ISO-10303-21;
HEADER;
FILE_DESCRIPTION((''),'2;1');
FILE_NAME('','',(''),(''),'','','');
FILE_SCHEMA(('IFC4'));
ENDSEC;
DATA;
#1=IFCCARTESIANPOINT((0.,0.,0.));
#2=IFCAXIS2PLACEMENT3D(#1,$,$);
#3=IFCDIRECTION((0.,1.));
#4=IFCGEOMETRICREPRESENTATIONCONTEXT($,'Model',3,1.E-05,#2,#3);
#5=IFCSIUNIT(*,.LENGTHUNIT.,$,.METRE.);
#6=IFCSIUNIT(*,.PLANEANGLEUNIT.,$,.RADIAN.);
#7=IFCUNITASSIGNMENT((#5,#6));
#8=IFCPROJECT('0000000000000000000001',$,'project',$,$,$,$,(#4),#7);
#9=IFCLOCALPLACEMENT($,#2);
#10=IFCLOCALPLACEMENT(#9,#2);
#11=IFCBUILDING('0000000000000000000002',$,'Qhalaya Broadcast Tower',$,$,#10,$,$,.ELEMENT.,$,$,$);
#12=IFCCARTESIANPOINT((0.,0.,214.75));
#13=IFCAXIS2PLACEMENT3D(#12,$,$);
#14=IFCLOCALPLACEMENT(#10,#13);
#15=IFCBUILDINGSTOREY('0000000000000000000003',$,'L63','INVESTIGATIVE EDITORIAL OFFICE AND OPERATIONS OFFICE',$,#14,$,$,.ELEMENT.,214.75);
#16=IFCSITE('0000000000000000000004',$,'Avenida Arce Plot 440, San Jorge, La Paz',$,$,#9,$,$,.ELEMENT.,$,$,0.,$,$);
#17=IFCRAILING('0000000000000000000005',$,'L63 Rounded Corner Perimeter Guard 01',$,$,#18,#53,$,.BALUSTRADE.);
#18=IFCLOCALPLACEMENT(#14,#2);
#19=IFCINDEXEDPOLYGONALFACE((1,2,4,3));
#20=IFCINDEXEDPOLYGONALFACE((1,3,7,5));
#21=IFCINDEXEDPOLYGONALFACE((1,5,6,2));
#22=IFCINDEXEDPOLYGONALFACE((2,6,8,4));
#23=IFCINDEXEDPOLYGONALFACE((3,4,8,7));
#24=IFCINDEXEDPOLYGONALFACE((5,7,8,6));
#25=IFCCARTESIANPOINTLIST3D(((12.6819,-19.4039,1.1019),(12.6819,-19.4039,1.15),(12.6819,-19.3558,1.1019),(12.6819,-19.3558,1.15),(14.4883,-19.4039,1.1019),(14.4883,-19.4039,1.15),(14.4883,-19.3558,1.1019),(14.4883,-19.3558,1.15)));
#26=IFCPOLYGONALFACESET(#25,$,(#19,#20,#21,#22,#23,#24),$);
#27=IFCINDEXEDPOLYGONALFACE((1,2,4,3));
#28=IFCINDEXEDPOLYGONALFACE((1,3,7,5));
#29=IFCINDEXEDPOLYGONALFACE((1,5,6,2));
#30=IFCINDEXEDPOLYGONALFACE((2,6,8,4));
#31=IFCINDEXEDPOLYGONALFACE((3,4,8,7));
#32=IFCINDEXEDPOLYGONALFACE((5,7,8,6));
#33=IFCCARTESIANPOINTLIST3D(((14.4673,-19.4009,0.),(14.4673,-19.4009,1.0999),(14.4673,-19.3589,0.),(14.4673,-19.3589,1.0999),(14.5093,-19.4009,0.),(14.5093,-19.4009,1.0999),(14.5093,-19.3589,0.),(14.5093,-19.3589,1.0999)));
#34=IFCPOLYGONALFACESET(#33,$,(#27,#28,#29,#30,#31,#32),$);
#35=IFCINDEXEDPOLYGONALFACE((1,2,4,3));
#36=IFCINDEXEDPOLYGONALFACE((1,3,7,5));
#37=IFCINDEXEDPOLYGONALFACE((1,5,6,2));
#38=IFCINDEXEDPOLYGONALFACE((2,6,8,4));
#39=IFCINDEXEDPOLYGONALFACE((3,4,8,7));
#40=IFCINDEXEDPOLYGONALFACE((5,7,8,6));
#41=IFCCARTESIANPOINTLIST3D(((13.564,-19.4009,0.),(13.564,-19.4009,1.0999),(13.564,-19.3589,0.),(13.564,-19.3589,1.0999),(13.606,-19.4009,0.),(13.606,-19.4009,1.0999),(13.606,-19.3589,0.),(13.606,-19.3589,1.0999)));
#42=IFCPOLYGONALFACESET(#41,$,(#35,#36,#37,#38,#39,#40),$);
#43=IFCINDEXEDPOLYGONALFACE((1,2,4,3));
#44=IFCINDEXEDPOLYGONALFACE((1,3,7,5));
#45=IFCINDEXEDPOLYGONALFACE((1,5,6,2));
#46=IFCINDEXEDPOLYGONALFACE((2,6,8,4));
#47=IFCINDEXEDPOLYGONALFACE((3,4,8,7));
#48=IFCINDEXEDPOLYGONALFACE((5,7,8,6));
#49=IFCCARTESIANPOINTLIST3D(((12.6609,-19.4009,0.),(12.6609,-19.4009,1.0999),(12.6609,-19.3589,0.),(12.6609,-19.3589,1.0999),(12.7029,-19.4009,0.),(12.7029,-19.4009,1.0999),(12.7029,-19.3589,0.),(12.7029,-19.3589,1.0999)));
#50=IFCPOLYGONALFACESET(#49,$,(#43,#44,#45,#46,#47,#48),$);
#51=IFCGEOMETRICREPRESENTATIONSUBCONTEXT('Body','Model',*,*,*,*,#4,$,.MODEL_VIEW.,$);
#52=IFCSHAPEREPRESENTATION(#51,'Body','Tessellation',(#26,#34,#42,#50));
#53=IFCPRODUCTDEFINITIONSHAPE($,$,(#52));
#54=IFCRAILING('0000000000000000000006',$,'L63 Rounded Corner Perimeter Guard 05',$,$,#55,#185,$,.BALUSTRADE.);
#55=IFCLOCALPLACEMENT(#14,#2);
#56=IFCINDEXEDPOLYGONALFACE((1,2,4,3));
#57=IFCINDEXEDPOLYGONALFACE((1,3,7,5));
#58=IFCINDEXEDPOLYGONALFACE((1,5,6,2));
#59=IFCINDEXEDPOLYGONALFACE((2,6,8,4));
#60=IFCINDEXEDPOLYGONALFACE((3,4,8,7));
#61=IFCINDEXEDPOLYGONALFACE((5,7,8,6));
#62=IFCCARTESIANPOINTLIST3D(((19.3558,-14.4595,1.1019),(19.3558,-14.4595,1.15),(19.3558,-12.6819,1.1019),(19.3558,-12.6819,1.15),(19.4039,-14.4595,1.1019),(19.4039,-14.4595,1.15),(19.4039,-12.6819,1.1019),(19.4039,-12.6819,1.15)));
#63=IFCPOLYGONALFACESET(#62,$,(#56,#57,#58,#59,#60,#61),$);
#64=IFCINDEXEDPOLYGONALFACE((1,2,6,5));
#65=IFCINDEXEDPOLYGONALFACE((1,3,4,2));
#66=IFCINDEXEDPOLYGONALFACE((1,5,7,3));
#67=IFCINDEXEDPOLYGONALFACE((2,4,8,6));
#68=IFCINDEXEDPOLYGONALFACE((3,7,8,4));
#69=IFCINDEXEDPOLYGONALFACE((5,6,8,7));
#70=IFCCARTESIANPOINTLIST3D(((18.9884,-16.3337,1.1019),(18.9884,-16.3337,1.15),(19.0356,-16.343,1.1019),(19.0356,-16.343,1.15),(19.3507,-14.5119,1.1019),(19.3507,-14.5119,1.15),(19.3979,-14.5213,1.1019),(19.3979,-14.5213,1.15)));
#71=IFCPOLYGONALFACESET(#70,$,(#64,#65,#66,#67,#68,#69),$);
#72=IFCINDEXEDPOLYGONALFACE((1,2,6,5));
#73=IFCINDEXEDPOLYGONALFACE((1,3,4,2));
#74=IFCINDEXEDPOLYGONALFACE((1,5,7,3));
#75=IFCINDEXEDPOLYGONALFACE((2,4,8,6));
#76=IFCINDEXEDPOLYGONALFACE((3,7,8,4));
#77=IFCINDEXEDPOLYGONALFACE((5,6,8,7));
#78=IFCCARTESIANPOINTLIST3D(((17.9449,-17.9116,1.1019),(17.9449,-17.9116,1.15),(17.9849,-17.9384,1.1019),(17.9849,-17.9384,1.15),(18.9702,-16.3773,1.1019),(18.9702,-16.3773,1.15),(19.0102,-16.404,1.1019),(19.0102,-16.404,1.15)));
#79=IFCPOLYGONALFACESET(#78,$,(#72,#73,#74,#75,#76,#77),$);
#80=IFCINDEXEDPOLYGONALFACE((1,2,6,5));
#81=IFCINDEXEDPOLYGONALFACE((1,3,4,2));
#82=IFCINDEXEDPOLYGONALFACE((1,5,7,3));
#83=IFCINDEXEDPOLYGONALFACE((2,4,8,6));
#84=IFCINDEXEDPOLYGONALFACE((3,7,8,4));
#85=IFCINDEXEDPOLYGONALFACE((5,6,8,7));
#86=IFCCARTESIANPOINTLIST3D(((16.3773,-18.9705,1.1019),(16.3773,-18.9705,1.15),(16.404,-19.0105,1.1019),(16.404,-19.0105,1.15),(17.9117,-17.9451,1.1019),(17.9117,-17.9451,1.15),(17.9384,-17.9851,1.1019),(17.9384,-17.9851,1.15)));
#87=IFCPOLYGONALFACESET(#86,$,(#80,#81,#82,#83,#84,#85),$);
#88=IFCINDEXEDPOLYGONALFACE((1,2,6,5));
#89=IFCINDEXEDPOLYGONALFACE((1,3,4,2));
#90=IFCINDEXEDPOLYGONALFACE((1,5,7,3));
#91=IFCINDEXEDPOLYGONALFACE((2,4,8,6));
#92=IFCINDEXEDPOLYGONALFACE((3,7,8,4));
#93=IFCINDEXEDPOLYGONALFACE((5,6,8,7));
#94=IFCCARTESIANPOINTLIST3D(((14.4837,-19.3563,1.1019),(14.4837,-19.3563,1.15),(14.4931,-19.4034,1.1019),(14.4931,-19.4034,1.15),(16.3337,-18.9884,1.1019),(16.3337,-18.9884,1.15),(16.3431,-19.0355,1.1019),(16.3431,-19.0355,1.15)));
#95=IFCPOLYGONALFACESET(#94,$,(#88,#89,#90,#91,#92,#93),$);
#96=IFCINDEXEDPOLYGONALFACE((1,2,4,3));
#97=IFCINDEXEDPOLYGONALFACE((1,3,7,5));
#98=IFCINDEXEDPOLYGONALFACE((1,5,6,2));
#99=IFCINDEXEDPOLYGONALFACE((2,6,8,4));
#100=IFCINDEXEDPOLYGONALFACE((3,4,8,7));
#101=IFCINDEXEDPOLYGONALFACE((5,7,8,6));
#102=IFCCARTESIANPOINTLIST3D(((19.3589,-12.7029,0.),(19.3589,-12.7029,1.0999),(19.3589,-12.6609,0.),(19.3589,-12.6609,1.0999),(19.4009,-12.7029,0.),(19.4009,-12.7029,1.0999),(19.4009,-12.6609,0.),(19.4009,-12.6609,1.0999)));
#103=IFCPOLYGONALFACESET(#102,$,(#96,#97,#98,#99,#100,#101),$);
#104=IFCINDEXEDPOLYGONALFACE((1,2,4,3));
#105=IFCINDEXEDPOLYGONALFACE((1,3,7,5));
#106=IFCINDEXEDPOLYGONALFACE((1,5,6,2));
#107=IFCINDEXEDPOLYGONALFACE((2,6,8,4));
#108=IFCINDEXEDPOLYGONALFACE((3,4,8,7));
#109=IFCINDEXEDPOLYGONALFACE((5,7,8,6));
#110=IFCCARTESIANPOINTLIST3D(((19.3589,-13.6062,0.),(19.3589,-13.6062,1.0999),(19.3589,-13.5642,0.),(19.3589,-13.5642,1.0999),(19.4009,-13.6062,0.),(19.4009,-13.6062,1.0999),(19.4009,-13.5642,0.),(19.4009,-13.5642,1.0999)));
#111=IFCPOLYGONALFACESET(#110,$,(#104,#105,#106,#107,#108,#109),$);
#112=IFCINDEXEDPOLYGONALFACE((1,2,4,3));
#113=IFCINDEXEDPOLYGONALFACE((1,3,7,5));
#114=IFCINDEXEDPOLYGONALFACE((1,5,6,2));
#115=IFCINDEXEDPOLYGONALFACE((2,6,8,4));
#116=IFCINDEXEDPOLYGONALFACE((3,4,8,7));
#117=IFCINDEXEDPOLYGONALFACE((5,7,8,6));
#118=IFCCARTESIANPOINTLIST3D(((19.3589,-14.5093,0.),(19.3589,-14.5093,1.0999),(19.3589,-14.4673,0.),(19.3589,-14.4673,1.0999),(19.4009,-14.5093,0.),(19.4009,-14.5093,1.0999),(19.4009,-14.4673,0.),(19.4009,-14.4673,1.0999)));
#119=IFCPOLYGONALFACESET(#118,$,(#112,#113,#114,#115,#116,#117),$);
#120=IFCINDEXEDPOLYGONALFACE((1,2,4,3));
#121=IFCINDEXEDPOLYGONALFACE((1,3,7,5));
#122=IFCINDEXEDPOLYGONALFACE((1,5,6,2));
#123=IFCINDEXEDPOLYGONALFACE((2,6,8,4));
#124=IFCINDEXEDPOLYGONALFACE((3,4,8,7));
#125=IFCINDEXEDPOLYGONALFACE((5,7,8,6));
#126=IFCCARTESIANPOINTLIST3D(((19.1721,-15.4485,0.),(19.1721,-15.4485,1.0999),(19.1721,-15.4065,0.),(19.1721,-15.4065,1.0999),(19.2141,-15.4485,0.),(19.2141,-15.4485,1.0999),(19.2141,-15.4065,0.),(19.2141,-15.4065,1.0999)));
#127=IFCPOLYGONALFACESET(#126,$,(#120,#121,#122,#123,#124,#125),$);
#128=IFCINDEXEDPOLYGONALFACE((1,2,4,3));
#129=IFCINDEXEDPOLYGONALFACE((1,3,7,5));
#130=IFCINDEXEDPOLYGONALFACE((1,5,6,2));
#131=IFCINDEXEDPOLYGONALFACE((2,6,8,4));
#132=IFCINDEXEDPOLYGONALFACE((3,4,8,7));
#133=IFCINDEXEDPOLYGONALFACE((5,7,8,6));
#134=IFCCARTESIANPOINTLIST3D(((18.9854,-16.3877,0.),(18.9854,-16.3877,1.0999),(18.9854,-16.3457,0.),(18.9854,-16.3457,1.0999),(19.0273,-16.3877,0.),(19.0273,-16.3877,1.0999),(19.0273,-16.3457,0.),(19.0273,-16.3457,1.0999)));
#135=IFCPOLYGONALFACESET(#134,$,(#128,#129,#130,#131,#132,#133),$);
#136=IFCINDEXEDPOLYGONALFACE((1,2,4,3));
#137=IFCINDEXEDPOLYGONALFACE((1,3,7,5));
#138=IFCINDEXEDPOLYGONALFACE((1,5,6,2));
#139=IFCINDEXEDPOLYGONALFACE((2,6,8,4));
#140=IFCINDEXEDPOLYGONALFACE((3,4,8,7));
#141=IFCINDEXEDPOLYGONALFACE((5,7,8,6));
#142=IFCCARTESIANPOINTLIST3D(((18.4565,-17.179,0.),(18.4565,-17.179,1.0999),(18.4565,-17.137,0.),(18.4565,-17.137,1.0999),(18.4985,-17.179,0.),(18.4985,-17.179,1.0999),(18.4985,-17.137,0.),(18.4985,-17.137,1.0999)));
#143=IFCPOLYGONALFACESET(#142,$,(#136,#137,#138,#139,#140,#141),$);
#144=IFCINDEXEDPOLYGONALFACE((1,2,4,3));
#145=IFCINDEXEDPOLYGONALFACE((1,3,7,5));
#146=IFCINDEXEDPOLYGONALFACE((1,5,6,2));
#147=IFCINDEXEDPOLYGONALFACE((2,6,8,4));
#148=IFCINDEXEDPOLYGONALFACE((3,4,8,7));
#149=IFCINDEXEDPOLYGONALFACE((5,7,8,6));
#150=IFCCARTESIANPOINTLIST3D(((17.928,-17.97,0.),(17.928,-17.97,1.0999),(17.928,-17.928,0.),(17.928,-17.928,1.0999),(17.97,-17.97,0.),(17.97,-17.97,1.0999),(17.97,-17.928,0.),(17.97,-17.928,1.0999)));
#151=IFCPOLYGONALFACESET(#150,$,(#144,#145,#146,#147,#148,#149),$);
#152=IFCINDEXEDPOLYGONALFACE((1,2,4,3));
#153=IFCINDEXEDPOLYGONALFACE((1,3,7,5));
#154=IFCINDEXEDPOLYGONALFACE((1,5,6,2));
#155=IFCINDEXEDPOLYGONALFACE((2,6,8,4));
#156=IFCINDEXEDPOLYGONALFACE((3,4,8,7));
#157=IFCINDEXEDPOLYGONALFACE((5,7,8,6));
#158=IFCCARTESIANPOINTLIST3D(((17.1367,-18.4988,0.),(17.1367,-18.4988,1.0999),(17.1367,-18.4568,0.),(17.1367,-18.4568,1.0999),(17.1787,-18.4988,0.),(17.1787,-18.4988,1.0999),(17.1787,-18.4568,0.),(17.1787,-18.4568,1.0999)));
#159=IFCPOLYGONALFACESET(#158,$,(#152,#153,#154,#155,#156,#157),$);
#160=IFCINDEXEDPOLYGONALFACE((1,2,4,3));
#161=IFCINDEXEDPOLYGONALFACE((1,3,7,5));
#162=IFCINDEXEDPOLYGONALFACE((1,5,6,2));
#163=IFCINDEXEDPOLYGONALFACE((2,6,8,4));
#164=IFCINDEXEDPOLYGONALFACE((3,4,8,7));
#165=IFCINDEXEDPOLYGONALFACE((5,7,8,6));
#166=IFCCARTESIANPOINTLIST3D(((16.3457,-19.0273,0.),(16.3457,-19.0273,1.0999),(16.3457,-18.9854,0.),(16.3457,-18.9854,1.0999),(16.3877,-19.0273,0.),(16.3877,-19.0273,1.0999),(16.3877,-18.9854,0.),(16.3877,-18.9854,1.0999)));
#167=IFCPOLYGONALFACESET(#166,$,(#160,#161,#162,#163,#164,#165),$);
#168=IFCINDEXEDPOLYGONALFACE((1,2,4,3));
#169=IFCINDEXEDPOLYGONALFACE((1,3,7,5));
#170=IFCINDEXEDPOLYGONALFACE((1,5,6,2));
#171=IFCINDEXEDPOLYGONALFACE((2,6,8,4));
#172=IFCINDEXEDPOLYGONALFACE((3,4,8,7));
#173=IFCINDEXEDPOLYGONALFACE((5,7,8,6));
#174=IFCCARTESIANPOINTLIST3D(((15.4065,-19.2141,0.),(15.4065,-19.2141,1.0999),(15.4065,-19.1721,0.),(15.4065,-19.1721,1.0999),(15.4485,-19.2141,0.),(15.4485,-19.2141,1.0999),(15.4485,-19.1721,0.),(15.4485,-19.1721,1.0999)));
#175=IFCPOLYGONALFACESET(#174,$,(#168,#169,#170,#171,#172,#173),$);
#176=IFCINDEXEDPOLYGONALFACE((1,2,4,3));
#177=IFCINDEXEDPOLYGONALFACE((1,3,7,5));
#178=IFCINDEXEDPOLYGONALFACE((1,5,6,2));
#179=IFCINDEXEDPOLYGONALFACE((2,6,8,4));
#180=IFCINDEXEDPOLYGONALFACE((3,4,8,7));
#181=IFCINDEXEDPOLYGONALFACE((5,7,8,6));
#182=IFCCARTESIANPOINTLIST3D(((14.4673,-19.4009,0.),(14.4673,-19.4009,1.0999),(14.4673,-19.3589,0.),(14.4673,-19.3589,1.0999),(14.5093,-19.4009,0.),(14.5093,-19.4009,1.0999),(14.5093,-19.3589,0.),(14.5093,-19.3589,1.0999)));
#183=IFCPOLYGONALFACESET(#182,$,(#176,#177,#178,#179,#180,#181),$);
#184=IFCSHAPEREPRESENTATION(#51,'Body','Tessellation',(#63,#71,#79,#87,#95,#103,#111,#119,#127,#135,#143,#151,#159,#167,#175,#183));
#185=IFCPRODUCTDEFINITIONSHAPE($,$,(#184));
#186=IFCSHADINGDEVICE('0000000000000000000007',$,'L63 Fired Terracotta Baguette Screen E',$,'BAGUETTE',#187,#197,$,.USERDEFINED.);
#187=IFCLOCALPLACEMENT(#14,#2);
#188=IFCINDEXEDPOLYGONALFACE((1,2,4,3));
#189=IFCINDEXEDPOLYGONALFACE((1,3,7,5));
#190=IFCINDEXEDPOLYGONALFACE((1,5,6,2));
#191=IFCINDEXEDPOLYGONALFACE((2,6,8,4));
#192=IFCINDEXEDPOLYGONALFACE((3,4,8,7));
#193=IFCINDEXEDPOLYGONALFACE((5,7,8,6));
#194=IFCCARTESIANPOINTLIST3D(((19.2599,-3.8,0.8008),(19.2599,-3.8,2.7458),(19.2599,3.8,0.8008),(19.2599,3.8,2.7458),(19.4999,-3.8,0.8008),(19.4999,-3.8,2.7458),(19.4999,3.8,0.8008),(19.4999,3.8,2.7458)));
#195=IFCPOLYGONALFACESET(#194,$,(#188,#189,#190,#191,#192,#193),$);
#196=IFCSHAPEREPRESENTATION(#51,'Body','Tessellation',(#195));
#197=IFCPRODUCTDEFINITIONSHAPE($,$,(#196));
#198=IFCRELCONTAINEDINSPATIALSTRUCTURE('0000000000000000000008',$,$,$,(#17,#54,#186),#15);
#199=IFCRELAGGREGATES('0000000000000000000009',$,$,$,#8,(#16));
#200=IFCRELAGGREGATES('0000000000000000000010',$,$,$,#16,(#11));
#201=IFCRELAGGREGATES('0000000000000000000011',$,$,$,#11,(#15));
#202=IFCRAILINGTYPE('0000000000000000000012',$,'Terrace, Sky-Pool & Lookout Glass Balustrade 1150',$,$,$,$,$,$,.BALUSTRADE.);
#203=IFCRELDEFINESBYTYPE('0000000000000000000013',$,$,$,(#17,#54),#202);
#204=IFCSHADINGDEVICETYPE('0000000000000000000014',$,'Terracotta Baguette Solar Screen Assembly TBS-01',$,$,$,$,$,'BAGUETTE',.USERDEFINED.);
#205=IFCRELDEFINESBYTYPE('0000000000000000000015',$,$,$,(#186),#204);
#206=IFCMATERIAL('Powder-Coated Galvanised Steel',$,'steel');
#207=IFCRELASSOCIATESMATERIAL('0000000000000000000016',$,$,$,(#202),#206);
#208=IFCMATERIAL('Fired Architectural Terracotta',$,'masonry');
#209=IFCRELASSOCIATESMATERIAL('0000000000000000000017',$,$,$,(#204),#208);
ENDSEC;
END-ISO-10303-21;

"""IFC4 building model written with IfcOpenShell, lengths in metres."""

from ifc_helpers import new_model, si_unit, direction, frame, origin, origin_2d, place, context, subcontext, project, spatial, rectangle, extrude, material, type_object, element, save


model = new_model("IFC4")

# Units and contexts
model_context = context("Model", 3, precision=1e-05, world=origin(), true_north=direction((0.0, 1.0)))
body_context = subcontext(model_context, "Body", "Model", "MODEL_VIEW")
ifc_project = project(units=[si_unit("LENGTHUNIT", "METRE"), si_unit("PLANEANGLEUNIT", "RADIAN")], contexts=[model_context])

# Site, building, storey
site_placement = place(None, origin())
site = spatial("IfcSite", under=ifc_project, at=site_placement, Name="Avenida Arce Plot 440, San Jorge, La Paz", CompositionType="ELEMENT", RefElevation=0.0)
building_placement = place(site_placement, origin())
building = spatial("IfcBuilding", under=site, at=building_placement, Name="Qhalaya Broadcast Tower", CompositionType="ELEMENT")
storey_placement = place(building_placement, frame((0.0, 0.0, 214.75)))
storey = spatial("IfcBuildingStorey", under=building, at=storey_placement, Name="L63", Description="INVESTIGATIVE EDITORIAL OFFICE AND OPERATIONS OFFICE", CompositionType="ELEMENT", Elevation=214.75)

# Railings
ifc_material_1 = material(Name="Powder-Coated Galvanised Steel", Category="steel")
railing_type = type_object("IfcRailingType", Name="Terrace, Sky-Pool & Lookout Glass Balustrade 1150", PredefinedType="BALUSTRADE", material=ifc_material_1)
railing_1_placement = place(storey_placement, frame((14.4883, -19.3799, 0.0)))
element("IfcRailing", 1, at=railing_1_placement, inside=storey, type_object=railing_type, Name="L63 Rounded Corner Perimeter Guard 01", PredefinedType="BALUSTRADE", context=body_context, shape_type="SweptSolid", body=[
    extrude(rectangle(XDim=0.0481, YDim=0.0481, at=origin_2d()), frame((0.0, 0.0, 1.126), z_axis=(-1.0, 0.0, 0.0), x_axis=(0.0, -1.0, 0.0)), (0.0, 0.0, 1.0), 1.8064),
    extrude(rectangle(XDim=0.042, YDim=0.042, at=origin_2d()), origin(), (0.0, 0.0, 1.0), 1.0999),
    extrude(rectangle(XDim=0.042, YDim=0.042, at=origin_2d()), frame((-0.9033, 0.0, 0.0)), (0.0, 0.0, 1.0), 1.0999),
    extrude(rectangle(XDim=0.042, YDim=0.042, at=origin_2d()), frame((-1.8064, 0.0, 0.0)), (0.0, 0.0, 1.0), 1.0999),
])
railing_2_placement = place(storey_placement, frame((19.3799, -12.6819, 0.0)))
element("IfcRailing", 2, at=railing_2_placement, inside=storey, type_object=railing_type, Name="L63 Rounded Corner Perimeter Guard 05", PredefinedType="BALUSTRADE", context=body_context, shape_type="SweptSolid", body=[
    extrude(rectangle(XDim=0.0481, YDim=0.0481, at=origin_2d()), frame((0.0, 0.0, 1.126), z_axis=(0.0, -1.0, 0.0), x_axis=(1.0, 0.0, 0.0)), (0.0, 0.0, 1.0), 1.7776),
    extrude(rectangle(XDim=0.0481, YDim=0.0481, at=origin_2d()), frame((-0.0056, -1.8347, 1.126), z_axis=(-0.195037, -0.980796, 0.0), x_axis=(0.980796, -0.195037, 0.0)), (0.0, 0.0, 1.0), 1.8574),
    extrude(rectangle(XDim=0.0481, YDim=0.0481, at=origin_2d()), frame((-0.3896, -3.7087, 1.126), z_axis=(-0.555618, -0.831438, 0.0), x_axis=(0.831438, -0.555618, 0.0)), (0.0, 0.0, 1.0), 1.8455),
    extrude(rectangle(XDim=0.0481, YDim=0.0481, at=origin_2d()), frame((-1.4548, -5.2832, 1.126), z_axis=(-0.831438, -0.555618, 0.0), x_axis=(0.555618, -0.831438, 0.0)), (0.0, 0.0, 1.0), 1.8455),
    extrude(rectangle(XDim=0.0481, YDim=0.0481, at=origin_2d()), frame((-3.0415, -6.3301, 1.126), z_axis=(-0.980796, -0.195037, 0.0), x_axis=(0.195037, -0.980796, 0.0)), (0.0, 0.0, 1.0), 1.8862),
    extrude(rectangle(XDim=0.042, YDim=0.042, at=origin_2d()), origin(), (0.0, 0.0, 1.0), 1.0999),
    extrude(rectangle(XDim=0.042, YDim=0.042, at=origin_2d()), frame((0.0, -0.9033, 0.0)), (0.0, 0.0, 1.0), 1.0999),
    extrude(rectangle(XDim=0.042, YDim=0.042, at=origin_2d()), frame((0.0, -1.8064, 0.0)), (0.0, 0.0, 1.0), 1.0999),
    extrude(rectangle(XDim=0.042, YDim=0.042, at=origin_2d()), frame((-0.1868, -2.7456, 0.0)), (0.0, 0.0, 1.0), 1.0999),
    extrude(rectangle(XDim=0.042, YDim=0.042, at=origin_2d()), frame((-0.3735, -3.6848, 0.0)), (0.0, 0.0, 1.0), 1.0999),
    extrude(rectangle(XDim=0.042, YDim=0.042, at=origin_2d()), frame((-0.9023, -4.4761, 0.0)), (0.0, 0.0, 1.0), 1.0999),
    extrude(rectangle(XDim=0.042, YDim=0.042, at=origin_2d()), frame((-1.4309, -5.2671, 0.0)), (0.0, 0.0, 1.0), 1.0999),
    extrude(rectangle(XDim=0.042, YDim=0.042, at=origin_2d()), frame((-2.2222, -5.7959, 0.0)), (0.0, 0.0, 1.0), 1.0999),
    extrude(rectangle(XDim=0.042, YDim=0.042, at=origin_2d()), frame((-3.0132, -6.3245, 0.0)), (0.0, 0.0, 1.0), 1.0999),
    extrude(rectangle(XDim=0.042, YDim=0.042, at=origin_2d()), frame((-3.9524, -6.5112, 0.0)), (0.0, 0.0, 1.0), 1.0999),
    extrude(rectangle(XDim=0.042, YDim=0.042, at=origin_2d()), frame((-4.8916, -6.698, 0.0)), (0.0, 0.0, 1.0), 1.0999),
])

# Shading device
ifc_material_2 = material(Name="Fired Architectural Terracotta", Category="masonry")
shading_device_type = type_object("IfcShadingDeviceType", Name="Terracotta Baguette Solar Screen Assembly TBS-01", ElementType="BAGUETTE", PredefinedType="USERDEFINED", material=ifc_material_2)
shading_device_placement = place(storey_placement, frame((19.3799, 0.0, 0.8008), z_axis=(0.0, 0.0, 1.0), x_axis=(0.0, 1.0, 0.0)))
element("IfcShadingDevice", 3, at=shading_device_placement, inside=storey, type_object=shading_device_type, Name="L63 Fired Terracotta Baguette Screen E", ObjectType="BAGUETTE", PredefinedType="USERDEFINED", context=body_context, shape_type="SweptSolid", body=[
    extrude(rectangle(XDim=7.6001, YDim=0.24, at=origin_2d()), origin(), (0.0, 0.0, 1.0), 1.9451),
])

save(model, "model.ifc")
